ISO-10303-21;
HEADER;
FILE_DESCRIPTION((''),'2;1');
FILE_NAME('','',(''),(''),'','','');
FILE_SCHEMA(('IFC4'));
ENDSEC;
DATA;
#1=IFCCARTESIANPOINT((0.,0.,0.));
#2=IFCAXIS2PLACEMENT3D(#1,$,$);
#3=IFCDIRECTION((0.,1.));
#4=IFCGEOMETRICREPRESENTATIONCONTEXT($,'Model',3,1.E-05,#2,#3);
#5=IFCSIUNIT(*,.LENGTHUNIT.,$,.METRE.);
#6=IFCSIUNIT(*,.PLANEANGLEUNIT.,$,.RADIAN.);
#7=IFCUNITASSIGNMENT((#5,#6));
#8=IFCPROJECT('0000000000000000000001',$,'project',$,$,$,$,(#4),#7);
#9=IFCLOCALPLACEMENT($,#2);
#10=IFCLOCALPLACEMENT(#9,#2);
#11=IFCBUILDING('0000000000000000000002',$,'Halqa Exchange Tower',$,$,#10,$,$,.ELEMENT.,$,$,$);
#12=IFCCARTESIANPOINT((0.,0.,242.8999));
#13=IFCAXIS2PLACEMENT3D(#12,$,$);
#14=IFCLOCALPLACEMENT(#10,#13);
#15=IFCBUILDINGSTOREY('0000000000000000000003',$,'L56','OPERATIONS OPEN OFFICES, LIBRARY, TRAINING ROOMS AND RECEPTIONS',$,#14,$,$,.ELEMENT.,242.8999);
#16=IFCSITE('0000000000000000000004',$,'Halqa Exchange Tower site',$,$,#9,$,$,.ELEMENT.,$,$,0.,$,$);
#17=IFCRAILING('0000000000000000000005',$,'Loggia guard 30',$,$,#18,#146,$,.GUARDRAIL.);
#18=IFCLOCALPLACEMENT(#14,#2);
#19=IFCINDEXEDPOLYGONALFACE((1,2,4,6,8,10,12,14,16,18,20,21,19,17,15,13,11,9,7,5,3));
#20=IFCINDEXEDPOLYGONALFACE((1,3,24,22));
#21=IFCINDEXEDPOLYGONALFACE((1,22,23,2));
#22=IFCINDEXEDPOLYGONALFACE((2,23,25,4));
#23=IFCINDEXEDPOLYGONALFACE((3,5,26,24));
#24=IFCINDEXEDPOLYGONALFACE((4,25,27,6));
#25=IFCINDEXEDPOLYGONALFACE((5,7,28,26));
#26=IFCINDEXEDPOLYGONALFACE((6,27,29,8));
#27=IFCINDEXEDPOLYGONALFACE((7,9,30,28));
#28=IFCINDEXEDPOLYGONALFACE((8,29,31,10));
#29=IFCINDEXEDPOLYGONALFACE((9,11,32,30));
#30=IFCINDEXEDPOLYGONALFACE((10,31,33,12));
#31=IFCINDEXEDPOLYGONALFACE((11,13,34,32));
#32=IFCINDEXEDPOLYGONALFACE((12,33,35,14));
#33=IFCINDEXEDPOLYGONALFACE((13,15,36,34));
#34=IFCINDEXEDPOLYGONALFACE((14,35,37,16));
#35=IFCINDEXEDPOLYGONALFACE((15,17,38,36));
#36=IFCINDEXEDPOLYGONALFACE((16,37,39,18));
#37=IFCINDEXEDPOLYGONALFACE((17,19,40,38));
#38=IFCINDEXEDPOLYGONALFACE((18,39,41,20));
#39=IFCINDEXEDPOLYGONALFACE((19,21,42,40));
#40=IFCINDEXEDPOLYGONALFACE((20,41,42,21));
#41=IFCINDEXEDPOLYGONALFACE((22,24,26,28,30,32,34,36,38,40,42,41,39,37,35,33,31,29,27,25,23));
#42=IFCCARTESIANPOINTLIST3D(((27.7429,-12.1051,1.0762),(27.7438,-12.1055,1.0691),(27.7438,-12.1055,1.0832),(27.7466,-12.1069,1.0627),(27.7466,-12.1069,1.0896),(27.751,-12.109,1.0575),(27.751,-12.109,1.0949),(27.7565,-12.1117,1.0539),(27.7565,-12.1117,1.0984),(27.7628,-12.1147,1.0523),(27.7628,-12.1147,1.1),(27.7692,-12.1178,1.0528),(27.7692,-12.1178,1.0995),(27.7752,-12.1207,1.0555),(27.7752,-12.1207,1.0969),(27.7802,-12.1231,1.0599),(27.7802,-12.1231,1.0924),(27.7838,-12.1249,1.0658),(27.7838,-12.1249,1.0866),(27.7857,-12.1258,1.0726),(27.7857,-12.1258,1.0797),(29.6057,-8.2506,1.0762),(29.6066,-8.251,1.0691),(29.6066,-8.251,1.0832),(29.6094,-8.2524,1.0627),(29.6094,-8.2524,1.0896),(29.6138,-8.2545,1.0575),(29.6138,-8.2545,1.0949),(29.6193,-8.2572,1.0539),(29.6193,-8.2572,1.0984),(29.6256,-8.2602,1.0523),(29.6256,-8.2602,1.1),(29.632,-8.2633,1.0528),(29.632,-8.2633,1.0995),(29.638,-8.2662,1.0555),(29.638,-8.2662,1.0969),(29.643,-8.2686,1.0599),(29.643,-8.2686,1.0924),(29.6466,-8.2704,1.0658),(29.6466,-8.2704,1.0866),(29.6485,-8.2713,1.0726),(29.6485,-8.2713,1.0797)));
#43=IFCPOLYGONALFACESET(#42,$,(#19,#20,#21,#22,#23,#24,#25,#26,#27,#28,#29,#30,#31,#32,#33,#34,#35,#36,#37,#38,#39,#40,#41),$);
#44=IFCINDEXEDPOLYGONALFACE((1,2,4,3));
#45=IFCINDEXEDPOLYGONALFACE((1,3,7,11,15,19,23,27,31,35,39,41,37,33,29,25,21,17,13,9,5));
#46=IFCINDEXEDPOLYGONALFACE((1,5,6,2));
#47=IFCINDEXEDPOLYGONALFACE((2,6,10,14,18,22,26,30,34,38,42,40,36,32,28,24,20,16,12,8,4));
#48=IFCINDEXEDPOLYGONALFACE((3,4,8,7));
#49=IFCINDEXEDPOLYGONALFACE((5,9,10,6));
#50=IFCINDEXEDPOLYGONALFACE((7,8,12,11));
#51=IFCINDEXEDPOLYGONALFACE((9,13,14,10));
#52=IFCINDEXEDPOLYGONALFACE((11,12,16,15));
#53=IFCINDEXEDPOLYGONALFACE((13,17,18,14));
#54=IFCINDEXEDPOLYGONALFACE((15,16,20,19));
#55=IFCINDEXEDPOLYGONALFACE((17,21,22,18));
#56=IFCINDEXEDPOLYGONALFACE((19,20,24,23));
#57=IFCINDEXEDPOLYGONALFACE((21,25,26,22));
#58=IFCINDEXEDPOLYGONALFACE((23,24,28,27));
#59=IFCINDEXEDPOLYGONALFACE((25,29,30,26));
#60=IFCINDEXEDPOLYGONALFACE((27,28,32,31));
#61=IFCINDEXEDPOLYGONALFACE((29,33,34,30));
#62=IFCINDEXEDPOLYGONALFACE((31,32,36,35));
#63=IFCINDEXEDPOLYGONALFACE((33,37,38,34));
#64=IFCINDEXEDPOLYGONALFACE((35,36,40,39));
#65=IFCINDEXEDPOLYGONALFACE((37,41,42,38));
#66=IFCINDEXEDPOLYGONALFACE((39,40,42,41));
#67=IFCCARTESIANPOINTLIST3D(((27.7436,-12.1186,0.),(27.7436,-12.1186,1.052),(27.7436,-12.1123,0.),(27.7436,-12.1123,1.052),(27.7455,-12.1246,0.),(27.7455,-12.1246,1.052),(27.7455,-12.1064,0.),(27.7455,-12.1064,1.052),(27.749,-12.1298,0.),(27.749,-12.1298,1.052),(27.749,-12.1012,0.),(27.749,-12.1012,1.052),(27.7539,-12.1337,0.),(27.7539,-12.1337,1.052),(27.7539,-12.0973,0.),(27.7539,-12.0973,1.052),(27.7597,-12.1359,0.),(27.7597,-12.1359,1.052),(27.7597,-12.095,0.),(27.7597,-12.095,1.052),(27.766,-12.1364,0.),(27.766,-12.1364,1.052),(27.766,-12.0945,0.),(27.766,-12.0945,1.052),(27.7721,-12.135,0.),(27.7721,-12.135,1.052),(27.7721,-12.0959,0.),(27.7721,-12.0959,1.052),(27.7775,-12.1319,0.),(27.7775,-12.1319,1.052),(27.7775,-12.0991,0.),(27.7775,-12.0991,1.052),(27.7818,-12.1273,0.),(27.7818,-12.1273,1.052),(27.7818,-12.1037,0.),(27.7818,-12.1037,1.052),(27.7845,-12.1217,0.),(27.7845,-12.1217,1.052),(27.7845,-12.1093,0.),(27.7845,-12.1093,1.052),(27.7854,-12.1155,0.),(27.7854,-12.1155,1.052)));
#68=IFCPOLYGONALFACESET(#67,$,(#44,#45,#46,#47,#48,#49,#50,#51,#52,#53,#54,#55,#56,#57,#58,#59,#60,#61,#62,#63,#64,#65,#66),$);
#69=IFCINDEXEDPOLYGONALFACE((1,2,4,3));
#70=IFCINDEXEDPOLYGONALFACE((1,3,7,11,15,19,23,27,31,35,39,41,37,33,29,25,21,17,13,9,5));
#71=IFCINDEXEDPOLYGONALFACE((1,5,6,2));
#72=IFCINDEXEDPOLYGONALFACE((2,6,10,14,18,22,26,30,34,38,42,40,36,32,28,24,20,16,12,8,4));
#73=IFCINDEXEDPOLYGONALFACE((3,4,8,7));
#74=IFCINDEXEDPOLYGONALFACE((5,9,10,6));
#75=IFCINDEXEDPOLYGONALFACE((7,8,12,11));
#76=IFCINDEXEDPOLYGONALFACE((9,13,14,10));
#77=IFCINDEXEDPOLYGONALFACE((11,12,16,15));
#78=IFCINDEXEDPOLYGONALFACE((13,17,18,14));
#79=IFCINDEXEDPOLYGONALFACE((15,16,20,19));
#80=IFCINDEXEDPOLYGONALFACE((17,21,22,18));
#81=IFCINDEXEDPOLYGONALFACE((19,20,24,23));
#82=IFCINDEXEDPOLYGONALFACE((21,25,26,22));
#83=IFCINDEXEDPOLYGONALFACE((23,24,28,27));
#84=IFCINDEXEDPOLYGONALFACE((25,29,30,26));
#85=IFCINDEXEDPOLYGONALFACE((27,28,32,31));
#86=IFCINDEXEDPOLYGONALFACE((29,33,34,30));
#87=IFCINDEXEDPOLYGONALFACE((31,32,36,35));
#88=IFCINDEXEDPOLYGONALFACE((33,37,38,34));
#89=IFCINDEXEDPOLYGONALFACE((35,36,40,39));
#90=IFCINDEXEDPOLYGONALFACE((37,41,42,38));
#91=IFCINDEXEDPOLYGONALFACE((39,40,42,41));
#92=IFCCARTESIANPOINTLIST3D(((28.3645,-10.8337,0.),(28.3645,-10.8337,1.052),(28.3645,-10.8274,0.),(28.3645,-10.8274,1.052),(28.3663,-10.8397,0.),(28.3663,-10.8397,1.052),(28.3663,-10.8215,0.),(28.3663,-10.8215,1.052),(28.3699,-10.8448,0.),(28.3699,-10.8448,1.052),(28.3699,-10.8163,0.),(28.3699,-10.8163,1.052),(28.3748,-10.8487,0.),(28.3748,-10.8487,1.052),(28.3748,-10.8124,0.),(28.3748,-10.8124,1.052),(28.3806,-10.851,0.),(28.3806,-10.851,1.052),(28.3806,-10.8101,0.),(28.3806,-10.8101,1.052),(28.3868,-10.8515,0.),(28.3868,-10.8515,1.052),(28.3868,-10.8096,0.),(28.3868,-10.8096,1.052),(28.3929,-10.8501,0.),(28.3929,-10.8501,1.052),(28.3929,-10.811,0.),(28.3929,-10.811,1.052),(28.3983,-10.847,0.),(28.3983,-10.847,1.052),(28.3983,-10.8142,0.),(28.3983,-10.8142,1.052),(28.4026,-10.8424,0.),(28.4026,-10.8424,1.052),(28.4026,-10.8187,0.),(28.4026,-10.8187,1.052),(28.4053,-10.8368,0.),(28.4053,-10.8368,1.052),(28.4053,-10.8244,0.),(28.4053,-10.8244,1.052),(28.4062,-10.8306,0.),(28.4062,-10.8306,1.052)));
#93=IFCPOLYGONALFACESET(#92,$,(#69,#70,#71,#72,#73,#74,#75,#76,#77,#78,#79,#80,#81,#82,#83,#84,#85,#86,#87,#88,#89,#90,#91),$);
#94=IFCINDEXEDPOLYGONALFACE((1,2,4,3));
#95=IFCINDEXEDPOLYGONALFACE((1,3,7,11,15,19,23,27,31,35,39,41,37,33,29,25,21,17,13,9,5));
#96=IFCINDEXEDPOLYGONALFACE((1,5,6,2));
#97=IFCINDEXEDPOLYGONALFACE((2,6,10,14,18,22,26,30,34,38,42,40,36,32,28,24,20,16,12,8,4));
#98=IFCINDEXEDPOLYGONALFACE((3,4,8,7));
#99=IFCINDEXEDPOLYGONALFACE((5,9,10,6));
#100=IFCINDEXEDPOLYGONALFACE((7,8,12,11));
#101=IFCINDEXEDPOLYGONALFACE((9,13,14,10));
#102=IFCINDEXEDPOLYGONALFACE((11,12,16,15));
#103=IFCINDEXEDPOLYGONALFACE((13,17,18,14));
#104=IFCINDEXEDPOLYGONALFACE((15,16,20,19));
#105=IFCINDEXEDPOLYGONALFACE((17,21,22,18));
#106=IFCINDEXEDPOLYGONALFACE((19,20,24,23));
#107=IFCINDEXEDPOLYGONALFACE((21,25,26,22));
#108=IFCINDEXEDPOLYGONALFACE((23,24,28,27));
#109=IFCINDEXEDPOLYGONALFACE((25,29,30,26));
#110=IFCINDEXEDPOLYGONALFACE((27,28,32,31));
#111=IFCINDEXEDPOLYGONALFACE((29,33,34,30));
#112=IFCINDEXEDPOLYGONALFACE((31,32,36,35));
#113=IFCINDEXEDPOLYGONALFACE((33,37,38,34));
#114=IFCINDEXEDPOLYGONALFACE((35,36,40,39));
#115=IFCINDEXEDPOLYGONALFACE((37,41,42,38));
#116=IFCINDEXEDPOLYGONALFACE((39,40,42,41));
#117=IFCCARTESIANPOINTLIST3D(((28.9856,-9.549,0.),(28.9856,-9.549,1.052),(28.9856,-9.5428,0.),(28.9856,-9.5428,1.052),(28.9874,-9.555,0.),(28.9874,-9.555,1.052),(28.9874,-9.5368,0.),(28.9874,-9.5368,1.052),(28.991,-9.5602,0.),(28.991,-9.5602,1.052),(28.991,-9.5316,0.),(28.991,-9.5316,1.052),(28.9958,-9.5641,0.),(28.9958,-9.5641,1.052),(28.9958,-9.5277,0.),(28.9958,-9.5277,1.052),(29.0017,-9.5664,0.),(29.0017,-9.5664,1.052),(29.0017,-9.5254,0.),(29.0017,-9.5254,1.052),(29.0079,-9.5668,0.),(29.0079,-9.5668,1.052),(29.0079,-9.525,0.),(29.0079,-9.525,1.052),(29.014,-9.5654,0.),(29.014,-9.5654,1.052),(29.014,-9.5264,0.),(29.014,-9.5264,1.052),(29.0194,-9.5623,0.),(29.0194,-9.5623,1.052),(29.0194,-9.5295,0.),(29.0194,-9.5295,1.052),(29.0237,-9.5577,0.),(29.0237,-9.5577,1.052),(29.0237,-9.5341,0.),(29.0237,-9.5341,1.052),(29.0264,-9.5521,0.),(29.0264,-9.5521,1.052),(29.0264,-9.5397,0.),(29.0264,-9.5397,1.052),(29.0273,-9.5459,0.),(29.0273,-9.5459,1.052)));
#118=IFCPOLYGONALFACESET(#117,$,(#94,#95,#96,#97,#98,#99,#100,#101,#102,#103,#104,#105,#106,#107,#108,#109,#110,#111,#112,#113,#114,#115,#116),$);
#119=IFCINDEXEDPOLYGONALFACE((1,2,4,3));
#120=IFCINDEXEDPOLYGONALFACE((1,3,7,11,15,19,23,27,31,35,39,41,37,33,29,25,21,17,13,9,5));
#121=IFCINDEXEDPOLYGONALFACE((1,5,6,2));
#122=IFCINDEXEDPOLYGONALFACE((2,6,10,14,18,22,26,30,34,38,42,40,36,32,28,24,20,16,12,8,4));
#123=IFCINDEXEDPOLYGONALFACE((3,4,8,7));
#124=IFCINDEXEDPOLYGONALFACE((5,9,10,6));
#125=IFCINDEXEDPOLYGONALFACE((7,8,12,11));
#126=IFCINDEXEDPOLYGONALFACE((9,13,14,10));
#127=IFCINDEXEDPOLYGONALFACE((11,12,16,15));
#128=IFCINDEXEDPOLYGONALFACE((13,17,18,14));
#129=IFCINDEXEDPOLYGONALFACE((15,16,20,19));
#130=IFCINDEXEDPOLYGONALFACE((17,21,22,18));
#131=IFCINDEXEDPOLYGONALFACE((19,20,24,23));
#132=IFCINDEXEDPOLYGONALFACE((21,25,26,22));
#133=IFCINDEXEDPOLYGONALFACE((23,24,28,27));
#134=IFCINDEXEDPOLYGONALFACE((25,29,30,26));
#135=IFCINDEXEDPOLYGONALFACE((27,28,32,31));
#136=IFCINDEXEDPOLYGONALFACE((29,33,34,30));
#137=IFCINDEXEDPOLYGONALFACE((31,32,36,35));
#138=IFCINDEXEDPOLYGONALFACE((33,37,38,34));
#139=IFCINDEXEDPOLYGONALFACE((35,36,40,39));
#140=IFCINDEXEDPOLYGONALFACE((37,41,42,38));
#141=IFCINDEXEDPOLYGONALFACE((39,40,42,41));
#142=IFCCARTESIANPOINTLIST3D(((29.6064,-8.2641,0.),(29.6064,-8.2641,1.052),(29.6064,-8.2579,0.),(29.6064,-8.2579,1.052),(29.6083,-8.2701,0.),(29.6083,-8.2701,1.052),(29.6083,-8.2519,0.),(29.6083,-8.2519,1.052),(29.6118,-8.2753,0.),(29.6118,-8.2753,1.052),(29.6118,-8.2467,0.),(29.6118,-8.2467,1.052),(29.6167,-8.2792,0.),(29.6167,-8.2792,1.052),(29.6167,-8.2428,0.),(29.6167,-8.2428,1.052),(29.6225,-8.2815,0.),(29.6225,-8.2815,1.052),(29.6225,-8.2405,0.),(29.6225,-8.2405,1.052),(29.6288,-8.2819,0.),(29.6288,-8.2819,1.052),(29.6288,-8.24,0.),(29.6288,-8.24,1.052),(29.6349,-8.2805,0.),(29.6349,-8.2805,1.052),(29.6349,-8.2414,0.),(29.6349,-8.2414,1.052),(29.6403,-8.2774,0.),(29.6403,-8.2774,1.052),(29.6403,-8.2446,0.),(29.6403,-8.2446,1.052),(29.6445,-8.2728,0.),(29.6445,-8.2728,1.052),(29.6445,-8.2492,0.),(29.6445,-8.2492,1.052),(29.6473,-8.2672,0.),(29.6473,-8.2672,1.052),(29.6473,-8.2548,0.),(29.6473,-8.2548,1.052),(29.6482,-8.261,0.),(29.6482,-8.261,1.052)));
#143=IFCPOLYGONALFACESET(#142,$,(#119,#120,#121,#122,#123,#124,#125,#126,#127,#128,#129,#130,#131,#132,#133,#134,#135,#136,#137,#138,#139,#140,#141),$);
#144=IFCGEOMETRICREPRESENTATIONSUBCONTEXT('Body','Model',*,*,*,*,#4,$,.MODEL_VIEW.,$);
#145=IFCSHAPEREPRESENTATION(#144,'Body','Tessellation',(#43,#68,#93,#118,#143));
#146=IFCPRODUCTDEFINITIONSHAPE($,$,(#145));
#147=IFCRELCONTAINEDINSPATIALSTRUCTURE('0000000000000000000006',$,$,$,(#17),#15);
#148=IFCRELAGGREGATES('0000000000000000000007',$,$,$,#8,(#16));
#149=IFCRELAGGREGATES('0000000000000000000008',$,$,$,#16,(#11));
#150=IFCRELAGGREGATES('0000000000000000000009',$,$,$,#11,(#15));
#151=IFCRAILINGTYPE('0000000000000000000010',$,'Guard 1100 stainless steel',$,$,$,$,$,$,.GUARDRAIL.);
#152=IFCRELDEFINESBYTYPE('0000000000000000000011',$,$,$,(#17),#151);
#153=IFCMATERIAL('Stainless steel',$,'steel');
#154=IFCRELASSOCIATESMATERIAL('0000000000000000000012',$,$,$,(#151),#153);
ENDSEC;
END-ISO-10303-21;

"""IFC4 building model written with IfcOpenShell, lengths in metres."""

from ifc_helpers import new_model, si_unit, direction, frame, origin, origin_2d, place, context, subcontext, project, spatial, circle, extrude, material, type_object, element, save


model = new_model("IFC4")

# Units and contexts
model_context = context("Model", 3, precision=1e-05, world=origin(), true_north=direction((0.0, 1.0)))
body_context = subcontext(model_context, "Body", "Model", "MODEL_VIEW")
ifc_project = project(units=[si_unit("LENGTHUNIT", "METRE"), si_unit("PLANEANGLEUNIT", "RADIAN")], contexts=[model_context])

# Site, building, storey
site_placement = place(None, origin())
site = spatial("IfcSite", under=ifc_project, at=site_placement, Name="Halqa Exchange Tower site", CompositionType="ELEMENT", RefElevation=0.0)
building_placement = place(site_placement, origin())
building = spatial("IfcBuilding", under=site, at=building_placement, Name="Halqa Exchange Tower", CompositionType="ELEMENT")
storey_placement = place(building_placement, frame((0.0, 0.0, 242.8999)))
storey = spatial("IfcBuildingStorey", under=building, at=storey_placement, Name="L56", Description="OPERATIONS OPEN OFFICES, LIBRARY, TRAINING ROOMS AND RECEPTIONS", CompositionType="ELEMENT", Elevation=242.8999)

# Railing
ifc_material_1 = material(Name="Stainless steel", Category="steel")
railing_type = type_object("IfcRailingType", Name="Guard 1100 stainless steel", PredefinedType="GUARDRAIL", material=ifc_material_1)
railing_1_placement = place(storey_placement, frame((27.7644, -12.1155, 0.0)))
element("IfcRailing", 1, at=railing_1_placement, inside=storey, type_object=railing_type, Name="Loggia guard 30", PredefinedType="GUARDRAIL", context=body_context, shape_type="SweptSolid", body=[
    extrude(circle(Radius=0.0239, at=origin_2d()), frame((0.0, 0.0, 1.0762), z_axis=(0.435129, 0.900368, 0.0), x_axis=(-0.900368, 0.435129, 0.0)), (0.0, 0.0, 1.0), 4.281),
    extrude(circle(Radius=0.021, at=origin_2d()), origin(), (0.0, 0.0, 1.0), 1.052),
    extrude(circle(Radius=0.021, at=origin_2d()), frame((0.6208, 1.2849, 0.0)), (0.0, 0.0, 1.0), 1.052),
    extrude(circle(Radius=0.021, at=origin_2d()), frame((1.2419, 2.5696, 0.0)), (0.0, 0.0, 1.0), 1.052),
    extrude(circle(Radius=0.021, at=origin_2d()), frame((1.8628, 3.8545, 0.0)), (0.0, 0.0, 1.0), 1.052),
])

save(model, "model.ifc")
